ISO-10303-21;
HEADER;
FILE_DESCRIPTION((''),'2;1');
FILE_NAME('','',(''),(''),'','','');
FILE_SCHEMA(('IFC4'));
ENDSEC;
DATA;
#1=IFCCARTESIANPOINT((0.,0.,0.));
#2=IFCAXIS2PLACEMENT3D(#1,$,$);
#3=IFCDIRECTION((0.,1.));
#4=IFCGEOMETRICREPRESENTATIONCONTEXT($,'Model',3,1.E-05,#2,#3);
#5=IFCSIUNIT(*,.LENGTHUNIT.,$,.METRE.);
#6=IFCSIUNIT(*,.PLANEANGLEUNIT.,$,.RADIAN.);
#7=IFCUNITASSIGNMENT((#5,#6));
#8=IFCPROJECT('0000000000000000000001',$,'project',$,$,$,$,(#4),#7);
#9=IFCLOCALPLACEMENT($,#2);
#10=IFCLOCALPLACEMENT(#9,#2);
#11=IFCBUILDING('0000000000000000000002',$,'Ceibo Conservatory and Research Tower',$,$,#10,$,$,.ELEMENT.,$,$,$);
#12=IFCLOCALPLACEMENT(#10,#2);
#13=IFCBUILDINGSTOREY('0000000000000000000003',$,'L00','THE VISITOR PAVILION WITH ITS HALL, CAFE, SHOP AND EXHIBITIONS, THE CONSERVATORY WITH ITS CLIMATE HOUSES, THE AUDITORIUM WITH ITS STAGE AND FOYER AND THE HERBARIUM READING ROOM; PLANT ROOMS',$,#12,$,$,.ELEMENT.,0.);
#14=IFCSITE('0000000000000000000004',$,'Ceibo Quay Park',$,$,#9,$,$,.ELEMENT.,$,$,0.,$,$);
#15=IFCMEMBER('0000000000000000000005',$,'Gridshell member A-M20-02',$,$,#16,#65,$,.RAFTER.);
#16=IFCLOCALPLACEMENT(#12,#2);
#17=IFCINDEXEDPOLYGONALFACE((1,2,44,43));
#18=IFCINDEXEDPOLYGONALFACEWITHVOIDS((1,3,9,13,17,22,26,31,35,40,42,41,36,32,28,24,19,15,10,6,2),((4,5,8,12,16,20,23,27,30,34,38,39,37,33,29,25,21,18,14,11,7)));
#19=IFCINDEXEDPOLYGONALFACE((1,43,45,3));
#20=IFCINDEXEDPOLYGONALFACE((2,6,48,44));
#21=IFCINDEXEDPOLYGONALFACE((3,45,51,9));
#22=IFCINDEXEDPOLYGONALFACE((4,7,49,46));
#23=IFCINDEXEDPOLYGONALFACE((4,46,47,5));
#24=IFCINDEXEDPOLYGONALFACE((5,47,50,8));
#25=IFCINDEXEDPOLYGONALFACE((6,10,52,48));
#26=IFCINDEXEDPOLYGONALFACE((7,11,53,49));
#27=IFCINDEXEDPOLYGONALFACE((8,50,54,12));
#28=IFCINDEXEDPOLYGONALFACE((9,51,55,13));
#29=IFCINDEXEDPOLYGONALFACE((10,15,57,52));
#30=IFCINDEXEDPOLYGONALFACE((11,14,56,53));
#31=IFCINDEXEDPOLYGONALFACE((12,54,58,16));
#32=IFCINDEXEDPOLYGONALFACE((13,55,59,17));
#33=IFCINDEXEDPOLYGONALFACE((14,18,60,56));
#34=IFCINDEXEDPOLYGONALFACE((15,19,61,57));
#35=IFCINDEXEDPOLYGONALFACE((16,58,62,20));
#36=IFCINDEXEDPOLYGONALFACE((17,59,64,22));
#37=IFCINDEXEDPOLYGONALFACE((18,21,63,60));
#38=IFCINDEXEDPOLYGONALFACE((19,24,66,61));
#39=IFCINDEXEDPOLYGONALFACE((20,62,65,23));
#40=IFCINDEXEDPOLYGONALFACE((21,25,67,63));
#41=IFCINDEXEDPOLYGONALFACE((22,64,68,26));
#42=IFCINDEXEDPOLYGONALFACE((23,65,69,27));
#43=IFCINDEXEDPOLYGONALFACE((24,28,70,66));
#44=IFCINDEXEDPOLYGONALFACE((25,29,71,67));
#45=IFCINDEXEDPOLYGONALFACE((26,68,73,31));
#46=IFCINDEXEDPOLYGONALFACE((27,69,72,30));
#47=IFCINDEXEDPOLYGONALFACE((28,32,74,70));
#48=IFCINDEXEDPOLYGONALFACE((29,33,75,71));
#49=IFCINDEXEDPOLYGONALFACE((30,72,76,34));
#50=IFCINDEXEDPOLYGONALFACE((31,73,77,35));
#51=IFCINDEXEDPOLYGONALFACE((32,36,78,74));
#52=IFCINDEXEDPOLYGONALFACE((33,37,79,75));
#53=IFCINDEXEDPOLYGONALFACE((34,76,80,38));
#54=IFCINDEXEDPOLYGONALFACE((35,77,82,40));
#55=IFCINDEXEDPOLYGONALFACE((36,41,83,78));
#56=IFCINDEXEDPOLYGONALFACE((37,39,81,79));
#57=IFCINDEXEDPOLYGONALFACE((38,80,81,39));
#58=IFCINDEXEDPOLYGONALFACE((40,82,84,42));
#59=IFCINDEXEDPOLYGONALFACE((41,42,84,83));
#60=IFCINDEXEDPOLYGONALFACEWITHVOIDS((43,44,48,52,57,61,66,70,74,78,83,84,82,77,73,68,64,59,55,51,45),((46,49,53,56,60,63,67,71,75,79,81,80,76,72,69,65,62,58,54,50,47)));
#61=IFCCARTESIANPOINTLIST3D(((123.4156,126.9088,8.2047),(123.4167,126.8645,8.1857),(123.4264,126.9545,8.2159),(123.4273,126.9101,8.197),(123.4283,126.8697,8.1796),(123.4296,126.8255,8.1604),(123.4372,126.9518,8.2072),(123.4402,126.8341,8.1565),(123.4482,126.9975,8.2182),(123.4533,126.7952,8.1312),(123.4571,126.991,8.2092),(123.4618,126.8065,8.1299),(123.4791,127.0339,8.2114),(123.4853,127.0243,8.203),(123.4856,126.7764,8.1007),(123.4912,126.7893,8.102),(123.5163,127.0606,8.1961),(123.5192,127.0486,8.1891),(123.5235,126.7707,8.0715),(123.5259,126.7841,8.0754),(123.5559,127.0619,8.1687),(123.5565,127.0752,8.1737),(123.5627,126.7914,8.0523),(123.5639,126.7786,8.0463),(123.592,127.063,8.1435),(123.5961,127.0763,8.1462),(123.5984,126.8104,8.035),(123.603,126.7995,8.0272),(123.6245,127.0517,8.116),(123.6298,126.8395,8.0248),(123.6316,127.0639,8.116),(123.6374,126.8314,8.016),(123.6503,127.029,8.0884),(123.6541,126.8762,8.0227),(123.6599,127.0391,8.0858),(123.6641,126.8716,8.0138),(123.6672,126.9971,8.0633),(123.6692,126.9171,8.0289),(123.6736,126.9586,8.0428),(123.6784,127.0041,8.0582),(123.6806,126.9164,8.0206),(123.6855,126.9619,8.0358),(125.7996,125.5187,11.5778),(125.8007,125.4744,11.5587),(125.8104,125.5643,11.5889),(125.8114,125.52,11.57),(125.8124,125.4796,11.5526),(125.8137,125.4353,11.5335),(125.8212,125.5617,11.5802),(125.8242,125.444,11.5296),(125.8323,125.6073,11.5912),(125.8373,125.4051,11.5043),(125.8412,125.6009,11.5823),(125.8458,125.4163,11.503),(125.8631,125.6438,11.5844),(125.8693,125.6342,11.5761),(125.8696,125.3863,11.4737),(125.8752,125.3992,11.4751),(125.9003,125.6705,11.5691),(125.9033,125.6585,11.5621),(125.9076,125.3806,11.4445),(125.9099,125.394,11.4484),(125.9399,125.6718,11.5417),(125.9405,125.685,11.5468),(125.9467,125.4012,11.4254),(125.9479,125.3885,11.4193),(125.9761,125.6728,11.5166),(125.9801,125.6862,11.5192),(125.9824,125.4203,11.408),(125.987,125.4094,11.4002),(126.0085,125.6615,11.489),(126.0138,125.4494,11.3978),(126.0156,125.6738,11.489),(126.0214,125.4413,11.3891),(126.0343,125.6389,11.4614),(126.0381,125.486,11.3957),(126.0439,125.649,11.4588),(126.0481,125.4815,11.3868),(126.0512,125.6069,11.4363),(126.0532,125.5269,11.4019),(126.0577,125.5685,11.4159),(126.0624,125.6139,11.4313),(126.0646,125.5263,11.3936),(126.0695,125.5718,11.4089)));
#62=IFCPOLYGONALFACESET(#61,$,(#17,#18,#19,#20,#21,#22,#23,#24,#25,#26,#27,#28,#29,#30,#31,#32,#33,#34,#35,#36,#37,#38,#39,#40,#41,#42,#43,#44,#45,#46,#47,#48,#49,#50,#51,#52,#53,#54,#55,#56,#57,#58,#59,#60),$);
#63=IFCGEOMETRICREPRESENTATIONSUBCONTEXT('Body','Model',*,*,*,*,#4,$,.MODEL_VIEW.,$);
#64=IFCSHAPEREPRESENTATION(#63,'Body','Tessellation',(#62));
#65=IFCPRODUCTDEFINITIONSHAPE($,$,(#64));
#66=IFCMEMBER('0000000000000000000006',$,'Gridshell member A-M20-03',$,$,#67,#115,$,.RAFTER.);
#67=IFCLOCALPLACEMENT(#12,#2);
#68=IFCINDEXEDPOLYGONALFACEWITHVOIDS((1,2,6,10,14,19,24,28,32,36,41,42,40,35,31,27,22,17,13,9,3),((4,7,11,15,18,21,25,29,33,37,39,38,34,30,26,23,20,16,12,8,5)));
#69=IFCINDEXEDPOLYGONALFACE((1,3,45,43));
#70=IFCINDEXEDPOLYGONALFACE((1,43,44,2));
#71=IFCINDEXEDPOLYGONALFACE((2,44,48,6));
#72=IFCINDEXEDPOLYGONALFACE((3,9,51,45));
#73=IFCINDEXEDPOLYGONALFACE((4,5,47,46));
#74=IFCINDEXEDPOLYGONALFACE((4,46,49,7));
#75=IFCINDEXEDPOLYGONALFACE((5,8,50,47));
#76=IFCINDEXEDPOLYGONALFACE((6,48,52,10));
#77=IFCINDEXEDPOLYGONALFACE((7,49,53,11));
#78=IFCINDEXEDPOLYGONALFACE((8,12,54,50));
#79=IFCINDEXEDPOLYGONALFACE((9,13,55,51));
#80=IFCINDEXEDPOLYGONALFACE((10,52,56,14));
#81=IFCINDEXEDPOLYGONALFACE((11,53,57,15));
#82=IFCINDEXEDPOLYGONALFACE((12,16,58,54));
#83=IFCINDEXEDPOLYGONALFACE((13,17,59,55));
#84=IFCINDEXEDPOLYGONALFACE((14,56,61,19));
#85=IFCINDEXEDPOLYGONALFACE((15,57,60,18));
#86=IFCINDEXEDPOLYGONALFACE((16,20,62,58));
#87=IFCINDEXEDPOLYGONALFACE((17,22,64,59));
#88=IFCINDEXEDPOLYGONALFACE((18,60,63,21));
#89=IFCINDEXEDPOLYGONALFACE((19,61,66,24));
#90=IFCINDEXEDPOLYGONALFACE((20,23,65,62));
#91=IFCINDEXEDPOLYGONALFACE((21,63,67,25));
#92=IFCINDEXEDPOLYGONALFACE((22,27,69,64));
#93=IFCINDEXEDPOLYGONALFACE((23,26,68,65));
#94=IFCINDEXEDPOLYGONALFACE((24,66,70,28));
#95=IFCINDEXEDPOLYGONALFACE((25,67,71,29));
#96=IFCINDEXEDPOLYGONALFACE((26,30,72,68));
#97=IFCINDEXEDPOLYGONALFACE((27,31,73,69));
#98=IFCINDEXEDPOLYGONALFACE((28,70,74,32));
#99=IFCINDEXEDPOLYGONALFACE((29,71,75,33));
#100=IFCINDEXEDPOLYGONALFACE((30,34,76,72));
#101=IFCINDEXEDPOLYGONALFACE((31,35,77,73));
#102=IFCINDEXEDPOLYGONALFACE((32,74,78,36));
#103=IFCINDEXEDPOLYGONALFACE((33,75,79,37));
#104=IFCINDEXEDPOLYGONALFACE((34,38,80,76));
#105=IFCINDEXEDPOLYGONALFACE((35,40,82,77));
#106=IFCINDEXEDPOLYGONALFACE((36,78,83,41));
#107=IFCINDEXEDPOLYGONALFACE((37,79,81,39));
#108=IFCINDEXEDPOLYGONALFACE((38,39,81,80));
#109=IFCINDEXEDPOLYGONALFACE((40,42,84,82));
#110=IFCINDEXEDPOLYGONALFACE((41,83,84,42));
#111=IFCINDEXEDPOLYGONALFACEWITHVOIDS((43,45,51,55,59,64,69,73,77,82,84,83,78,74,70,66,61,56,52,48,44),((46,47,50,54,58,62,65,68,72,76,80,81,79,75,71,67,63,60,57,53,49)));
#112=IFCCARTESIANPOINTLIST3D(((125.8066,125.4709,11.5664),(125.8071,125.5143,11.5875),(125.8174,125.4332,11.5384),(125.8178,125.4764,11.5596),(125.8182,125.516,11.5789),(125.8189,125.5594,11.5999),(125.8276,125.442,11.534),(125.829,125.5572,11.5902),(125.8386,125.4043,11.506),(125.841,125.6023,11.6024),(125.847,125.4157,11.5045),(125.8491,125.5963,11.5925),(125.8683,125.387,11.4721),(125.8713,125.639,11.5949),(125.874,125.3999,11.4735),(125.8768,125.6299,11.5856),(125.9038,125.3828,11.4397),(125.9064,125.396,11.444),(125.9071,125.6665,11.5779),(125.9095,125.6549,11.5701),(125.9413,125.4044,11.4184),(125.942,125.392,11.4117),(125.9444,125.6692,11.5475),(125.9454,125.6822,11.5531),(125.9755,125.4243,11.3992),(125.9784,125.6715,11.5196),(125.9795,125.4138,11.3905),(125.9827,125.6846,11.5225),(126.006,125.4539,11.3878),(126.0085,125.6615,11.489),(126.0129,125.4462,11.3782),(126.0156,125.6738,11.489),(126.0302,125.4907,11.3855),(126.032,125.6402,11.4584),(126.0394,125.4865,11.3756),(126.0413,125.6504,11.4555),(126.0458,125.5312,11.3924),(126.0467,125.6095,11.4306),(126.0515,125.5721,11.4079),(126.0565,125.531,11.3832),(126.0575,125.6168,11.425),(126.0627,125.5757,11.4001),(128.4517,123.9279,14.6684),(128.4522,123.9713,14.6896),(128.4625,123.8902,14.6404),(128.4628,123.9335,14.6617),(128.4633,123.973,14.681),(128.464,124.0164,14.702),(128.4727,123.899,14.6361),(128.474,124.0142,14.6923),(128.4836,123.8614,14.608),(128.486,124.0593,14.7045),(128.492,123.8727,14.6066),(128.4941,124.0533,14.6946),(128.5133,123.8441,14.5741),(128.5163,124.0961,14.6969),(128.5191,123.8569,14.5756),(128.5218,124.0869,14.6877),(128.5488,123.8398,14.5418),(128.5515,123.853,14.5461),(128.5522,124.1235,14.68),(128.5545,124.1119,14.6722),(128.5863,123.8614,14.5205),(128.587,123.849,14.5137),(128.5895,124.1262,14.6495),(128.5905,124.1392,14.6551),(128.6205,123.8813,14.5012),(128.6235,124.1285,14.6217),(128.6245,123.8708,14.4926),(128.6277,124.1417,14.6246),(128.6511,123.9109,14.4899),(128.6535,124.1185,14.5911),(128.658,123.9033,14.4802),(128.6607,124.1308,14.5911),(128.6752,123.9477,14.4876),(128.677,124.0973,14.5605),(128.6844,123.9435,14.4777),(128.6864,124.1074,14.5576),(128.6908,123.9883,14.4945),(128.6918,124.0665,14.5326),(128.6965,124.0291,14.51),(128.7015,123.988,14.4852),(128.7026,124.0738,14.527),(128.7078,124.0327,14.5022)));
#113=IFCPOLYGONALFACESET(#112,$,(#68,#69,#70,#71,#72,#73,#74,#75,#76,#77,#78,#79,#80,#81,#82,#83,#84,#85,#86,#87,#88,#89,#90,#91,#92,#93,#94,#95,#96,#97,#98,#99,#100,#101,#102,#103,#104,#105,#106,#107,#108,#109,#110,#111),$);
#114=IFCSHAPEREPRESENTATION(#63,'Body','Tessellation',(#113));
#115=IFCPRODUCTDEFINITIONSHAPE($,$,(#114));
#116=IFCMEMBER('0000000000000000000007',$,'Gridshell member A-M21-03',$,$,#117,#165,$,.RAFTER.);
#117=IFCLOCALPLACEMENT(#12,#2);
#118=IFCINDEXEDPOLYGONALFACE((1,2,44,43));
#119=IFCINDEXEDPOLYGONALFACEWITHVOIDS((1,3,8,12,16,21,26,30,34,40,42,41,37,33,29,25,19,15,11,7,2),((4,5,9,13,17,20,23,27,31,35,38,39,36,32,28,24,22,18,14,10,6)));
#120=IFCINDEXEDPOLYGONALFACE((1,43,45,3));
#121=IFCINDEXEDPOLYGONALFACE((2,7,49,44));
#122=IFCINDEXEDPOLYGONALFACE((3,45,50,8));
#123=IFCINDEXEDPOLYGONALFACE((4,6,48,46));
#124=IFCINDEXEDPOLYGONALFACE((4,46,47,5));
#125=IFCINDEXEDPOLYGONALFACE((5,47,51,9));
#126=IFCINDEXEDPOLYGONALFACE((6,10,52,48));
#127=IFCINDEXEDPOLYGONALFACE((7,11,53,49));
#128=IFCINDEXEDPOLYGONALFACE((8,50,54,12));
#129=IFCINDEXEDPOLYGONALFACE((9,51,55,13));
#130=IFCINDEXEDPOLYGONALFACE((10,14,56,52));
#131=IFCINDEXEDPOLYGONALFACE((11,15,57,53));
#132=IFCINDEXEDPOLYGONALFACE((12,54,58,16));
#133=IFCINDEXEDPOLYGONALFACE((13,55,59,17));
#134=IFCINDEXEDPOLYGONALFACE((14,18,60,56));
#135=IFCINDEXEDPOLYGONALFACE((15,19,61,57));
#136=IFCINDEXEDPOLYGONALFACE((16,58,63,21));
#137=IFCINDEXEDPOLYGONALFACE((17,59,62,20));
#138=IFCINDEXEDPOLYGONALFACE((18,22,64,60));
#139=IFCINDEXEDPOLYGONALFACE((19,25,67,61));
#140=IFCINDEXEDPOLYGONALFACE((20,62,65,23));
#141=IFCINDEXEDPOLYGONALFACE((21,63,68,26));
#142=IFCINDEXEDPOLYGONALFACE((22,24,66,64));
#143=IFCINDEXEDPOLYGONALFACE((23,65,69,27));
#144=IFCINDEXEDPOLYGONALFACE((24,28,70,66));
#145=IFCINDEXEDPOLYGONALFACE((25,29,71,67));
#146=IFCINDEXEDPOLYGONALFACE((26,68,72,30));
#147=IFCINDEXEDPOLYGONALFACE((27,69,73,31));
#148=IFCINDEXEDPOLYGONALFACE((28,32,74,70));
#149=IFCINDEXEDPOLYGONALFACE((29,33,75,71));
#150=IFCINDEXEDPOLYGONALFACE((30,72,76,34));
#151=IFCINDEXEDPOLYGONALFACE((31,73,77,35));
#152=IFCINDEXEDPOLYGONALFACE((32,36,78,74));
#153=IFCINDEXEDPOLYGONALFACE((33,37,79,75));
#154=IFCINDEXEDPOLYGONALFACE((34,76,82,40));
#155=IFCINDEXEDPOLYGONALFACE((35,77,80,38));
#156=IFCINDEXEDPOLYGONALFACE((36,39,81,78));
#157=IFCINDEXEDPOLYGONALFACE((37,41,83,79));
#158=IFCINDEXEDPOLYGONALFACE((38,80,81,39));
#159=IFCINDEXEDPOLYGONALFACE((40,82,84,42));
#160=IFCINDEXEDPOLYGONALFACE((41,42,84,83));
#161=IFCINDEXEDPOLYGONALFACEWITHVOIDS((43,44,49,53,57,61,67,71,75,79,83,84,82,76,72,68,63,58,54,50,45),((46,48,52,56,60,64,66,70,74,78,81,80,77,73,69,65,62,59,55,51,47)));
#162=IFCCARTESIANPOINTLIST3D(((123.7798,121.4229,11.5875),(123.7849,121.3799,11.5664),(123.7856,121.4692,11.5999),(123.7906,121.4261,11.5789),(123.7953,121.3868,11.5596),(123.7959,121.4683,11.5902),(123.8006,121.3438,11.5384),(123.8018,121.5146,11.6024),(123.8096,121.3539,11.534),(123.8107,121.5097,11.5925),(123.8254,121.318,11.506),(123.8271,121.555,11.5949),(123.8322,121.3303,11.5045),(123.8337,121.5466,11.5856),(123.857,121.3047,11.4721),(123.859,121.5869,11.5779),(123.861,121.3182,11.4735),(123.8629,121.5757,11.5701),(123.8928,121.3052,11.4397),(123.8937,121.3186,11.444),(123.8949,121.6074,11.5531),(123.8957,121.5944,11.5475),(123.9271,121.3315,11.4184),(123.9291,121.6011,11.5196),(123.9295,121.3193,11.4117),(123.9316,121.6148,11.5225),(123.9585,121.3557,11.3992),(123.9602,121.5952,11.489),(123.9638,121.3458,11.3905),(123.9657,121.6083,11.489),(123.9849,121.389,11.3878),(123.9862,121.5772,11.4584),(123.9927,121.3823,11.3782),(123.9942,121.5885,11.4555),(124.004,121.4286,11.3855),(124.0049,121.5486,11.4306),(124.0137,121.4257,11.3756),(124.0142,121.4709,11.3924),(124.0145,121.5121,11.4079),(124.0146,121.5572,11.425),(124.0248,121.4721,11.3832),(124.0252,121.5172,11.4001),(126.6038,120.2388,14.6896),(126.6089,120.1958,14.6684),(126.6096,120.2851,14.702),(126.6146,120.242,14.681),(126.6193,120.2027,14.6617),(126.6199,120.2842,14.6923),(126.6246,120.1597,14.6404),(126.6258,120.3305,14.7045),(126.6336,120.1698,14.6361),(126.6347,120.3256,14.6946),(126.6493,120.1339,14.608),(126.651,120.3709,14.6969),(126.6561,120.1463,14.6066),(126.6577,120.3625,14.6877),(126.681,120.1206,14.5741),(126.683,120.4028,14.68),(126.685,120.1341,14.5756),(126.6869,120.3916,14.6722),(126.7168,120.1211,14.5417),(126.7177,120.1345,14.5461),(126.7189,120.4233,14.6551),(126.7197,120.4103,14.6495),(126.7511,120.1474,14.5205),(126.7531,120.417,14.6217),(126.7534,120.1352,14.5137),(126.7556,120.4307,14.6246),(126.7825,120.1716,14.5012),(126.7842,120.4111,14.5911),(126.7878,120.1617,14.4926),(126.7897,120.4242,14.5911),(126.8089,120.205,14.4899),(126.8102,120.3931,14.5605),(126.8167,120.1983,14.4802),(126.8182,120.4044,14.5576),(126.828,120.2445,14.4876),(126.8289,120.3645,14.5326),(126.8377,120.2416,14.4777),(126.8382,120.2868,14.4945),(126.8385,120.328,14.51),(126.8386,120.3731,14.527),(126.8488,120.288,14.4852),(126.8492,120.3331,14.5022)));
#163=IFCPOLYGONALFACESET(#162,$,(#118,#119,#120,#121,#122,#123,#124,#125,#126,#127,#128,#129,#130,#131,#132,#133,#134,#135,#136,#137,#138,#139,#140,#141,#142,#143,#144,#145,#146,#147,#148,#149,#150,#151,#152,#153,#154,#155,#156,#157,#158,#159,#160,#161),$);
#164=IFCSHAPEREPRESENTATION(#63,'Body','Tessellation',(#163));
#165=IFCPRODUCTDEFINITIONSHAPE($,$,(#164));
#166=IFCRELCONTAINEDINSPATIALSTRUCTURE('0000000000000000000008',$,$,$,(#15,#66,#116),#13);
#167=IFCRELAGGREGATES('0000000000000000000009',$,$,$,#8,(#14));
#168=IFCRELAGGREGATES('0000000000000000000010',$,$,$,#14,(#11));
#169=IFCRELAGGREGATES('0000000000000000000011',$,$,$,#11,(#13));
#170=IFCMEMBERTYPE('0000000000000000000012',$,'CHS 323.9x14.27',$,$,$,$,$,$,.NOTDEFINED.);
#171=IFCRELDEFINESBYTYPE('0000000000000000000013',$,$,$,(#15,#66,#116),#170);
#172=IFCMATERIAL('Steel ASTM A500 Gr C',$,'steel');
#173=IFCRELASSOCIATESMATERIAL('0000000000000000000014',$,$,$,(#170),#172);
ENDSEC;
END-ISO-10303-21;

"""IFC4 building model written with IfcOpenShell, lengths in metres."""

from ifc_helpers import new_model, si_unit, direction, frame, origin, origin_2d, place, context, subcontext, project, spatial, hollow_circle, extrude, material, material_profile, profile_set, type_object, element, save


model = new_model("IFC4")

# Units and contexts
model_context = context("Model", 3, precision=1e-05, world=origin(), true_north=direction((0.0, 1.0)))
body_context = subcontext(model_context, "Body", "Model", "MODEL_VIEW")
ifc_project = project(units=[si_unit("LENGTHUNIT", "METRE"), si_unit("PLANEANGLEUNIT", "RADIAN")], contexts=[model_context])

# Site, building, storey
site_placement = place(None, origin())
site = spatial("IfcSite", under=ifc_project, at=site_placement, Name="Ceibo Quay Park", CompositionType="ELEMENT", RefElevation=0.0)
building_placement = place(site_placement, origin())
building = spatial("IfcBuilding", under=site, at=building_placement, Name="Ceibo Conservatory and Research Tower", CompositionType="ELEMENT")
storey_placement = place(building_placement, origin())
storey = spatial("IfcBuildingStorey", under=building, at=storey_placement, Name="L00", Description="THE VISITOR PAVILION WITH ITS HALL, CAFE, SHOP AND EXHIBITIONS, THE CONSERVATORY WITH ITS CLIMATE HOUSES, THE AUDITORIUM WITH ITS STAGE AND FOYER AND THE HERBARIUM READING ROOM; PLANT ROOMS", CompositionType="ELEMENT", Elevation=0.0)

# Members
ifc_material_1 = material(Name="Steel ASTM A500 Gr C", Category="steel")
ifc_material_profile_1 = material_profile(ifc_material_1, hollow_circle(Radius=0.1619, WallThickness=0.0142, at=origin_2d()), Name="CHS 323.9x14.27")
ifc_profile_set_1 = profile_set([ifc_material_profile_1], Name="Steel ASTM A500 Gr C")
member_type_1 = type_object("IfcMemberType", Name="CHS 323.9x14.27", PredefinedType="NOTDEFINED", material=ifc_profile_set_1)
member_1_placement = place(storey_placement, frame((123.55, 126.9241, 8.116), z_axis=(0.547028, -0.318973, 0.773962), x_axis=(0.503723, 0.863866, 0.0)))
element("IfcMember", 1, at=member_1_placement, inside=storey, type_object=member_type_1, Name="Gridshell member A-M20-02", PredefinedType="RAFTER", context=body_context, shape_type="SweptSolid", body=[
    extrude(hollow_circle(Radius=0.1619, WallThickness=0.0142, at=origin_2d()), origin(), (0.0, 0.0, 1.0), 4.3582),
])
for number, where, z_axis, x_axis, name in (
    (2, (125.9341, 125.5339, 11.489), (0.606815, -0.353985, 0.711667), (0.503881, 0.863773, 0.0), "Gridshell member A-M20-03"),
    (3, (123.9031, 121.459, 11.489), (0.647871, -0.27165, 0.711667), (0.386681, 0.922214, 0.0), "Gridshell member A-M21-03"),
):
    element("IfcMember", number, at=place(storey_placement, frame(where, z_axis=z_axis, x_axis=x_axis)), inside=storey, type_object=member_type_1, Name=name, PredefinedType="RAFTER", context=body_context, shape_type="SweptSolid", body=[
        extrude(hollow_circle(Radius=0.1619, WallThickness=0.0142, at=origin_2d()), origin(), (0.0, 0.0, 1.0), 4.3589),
    ])

save(model, "model.ifc")
